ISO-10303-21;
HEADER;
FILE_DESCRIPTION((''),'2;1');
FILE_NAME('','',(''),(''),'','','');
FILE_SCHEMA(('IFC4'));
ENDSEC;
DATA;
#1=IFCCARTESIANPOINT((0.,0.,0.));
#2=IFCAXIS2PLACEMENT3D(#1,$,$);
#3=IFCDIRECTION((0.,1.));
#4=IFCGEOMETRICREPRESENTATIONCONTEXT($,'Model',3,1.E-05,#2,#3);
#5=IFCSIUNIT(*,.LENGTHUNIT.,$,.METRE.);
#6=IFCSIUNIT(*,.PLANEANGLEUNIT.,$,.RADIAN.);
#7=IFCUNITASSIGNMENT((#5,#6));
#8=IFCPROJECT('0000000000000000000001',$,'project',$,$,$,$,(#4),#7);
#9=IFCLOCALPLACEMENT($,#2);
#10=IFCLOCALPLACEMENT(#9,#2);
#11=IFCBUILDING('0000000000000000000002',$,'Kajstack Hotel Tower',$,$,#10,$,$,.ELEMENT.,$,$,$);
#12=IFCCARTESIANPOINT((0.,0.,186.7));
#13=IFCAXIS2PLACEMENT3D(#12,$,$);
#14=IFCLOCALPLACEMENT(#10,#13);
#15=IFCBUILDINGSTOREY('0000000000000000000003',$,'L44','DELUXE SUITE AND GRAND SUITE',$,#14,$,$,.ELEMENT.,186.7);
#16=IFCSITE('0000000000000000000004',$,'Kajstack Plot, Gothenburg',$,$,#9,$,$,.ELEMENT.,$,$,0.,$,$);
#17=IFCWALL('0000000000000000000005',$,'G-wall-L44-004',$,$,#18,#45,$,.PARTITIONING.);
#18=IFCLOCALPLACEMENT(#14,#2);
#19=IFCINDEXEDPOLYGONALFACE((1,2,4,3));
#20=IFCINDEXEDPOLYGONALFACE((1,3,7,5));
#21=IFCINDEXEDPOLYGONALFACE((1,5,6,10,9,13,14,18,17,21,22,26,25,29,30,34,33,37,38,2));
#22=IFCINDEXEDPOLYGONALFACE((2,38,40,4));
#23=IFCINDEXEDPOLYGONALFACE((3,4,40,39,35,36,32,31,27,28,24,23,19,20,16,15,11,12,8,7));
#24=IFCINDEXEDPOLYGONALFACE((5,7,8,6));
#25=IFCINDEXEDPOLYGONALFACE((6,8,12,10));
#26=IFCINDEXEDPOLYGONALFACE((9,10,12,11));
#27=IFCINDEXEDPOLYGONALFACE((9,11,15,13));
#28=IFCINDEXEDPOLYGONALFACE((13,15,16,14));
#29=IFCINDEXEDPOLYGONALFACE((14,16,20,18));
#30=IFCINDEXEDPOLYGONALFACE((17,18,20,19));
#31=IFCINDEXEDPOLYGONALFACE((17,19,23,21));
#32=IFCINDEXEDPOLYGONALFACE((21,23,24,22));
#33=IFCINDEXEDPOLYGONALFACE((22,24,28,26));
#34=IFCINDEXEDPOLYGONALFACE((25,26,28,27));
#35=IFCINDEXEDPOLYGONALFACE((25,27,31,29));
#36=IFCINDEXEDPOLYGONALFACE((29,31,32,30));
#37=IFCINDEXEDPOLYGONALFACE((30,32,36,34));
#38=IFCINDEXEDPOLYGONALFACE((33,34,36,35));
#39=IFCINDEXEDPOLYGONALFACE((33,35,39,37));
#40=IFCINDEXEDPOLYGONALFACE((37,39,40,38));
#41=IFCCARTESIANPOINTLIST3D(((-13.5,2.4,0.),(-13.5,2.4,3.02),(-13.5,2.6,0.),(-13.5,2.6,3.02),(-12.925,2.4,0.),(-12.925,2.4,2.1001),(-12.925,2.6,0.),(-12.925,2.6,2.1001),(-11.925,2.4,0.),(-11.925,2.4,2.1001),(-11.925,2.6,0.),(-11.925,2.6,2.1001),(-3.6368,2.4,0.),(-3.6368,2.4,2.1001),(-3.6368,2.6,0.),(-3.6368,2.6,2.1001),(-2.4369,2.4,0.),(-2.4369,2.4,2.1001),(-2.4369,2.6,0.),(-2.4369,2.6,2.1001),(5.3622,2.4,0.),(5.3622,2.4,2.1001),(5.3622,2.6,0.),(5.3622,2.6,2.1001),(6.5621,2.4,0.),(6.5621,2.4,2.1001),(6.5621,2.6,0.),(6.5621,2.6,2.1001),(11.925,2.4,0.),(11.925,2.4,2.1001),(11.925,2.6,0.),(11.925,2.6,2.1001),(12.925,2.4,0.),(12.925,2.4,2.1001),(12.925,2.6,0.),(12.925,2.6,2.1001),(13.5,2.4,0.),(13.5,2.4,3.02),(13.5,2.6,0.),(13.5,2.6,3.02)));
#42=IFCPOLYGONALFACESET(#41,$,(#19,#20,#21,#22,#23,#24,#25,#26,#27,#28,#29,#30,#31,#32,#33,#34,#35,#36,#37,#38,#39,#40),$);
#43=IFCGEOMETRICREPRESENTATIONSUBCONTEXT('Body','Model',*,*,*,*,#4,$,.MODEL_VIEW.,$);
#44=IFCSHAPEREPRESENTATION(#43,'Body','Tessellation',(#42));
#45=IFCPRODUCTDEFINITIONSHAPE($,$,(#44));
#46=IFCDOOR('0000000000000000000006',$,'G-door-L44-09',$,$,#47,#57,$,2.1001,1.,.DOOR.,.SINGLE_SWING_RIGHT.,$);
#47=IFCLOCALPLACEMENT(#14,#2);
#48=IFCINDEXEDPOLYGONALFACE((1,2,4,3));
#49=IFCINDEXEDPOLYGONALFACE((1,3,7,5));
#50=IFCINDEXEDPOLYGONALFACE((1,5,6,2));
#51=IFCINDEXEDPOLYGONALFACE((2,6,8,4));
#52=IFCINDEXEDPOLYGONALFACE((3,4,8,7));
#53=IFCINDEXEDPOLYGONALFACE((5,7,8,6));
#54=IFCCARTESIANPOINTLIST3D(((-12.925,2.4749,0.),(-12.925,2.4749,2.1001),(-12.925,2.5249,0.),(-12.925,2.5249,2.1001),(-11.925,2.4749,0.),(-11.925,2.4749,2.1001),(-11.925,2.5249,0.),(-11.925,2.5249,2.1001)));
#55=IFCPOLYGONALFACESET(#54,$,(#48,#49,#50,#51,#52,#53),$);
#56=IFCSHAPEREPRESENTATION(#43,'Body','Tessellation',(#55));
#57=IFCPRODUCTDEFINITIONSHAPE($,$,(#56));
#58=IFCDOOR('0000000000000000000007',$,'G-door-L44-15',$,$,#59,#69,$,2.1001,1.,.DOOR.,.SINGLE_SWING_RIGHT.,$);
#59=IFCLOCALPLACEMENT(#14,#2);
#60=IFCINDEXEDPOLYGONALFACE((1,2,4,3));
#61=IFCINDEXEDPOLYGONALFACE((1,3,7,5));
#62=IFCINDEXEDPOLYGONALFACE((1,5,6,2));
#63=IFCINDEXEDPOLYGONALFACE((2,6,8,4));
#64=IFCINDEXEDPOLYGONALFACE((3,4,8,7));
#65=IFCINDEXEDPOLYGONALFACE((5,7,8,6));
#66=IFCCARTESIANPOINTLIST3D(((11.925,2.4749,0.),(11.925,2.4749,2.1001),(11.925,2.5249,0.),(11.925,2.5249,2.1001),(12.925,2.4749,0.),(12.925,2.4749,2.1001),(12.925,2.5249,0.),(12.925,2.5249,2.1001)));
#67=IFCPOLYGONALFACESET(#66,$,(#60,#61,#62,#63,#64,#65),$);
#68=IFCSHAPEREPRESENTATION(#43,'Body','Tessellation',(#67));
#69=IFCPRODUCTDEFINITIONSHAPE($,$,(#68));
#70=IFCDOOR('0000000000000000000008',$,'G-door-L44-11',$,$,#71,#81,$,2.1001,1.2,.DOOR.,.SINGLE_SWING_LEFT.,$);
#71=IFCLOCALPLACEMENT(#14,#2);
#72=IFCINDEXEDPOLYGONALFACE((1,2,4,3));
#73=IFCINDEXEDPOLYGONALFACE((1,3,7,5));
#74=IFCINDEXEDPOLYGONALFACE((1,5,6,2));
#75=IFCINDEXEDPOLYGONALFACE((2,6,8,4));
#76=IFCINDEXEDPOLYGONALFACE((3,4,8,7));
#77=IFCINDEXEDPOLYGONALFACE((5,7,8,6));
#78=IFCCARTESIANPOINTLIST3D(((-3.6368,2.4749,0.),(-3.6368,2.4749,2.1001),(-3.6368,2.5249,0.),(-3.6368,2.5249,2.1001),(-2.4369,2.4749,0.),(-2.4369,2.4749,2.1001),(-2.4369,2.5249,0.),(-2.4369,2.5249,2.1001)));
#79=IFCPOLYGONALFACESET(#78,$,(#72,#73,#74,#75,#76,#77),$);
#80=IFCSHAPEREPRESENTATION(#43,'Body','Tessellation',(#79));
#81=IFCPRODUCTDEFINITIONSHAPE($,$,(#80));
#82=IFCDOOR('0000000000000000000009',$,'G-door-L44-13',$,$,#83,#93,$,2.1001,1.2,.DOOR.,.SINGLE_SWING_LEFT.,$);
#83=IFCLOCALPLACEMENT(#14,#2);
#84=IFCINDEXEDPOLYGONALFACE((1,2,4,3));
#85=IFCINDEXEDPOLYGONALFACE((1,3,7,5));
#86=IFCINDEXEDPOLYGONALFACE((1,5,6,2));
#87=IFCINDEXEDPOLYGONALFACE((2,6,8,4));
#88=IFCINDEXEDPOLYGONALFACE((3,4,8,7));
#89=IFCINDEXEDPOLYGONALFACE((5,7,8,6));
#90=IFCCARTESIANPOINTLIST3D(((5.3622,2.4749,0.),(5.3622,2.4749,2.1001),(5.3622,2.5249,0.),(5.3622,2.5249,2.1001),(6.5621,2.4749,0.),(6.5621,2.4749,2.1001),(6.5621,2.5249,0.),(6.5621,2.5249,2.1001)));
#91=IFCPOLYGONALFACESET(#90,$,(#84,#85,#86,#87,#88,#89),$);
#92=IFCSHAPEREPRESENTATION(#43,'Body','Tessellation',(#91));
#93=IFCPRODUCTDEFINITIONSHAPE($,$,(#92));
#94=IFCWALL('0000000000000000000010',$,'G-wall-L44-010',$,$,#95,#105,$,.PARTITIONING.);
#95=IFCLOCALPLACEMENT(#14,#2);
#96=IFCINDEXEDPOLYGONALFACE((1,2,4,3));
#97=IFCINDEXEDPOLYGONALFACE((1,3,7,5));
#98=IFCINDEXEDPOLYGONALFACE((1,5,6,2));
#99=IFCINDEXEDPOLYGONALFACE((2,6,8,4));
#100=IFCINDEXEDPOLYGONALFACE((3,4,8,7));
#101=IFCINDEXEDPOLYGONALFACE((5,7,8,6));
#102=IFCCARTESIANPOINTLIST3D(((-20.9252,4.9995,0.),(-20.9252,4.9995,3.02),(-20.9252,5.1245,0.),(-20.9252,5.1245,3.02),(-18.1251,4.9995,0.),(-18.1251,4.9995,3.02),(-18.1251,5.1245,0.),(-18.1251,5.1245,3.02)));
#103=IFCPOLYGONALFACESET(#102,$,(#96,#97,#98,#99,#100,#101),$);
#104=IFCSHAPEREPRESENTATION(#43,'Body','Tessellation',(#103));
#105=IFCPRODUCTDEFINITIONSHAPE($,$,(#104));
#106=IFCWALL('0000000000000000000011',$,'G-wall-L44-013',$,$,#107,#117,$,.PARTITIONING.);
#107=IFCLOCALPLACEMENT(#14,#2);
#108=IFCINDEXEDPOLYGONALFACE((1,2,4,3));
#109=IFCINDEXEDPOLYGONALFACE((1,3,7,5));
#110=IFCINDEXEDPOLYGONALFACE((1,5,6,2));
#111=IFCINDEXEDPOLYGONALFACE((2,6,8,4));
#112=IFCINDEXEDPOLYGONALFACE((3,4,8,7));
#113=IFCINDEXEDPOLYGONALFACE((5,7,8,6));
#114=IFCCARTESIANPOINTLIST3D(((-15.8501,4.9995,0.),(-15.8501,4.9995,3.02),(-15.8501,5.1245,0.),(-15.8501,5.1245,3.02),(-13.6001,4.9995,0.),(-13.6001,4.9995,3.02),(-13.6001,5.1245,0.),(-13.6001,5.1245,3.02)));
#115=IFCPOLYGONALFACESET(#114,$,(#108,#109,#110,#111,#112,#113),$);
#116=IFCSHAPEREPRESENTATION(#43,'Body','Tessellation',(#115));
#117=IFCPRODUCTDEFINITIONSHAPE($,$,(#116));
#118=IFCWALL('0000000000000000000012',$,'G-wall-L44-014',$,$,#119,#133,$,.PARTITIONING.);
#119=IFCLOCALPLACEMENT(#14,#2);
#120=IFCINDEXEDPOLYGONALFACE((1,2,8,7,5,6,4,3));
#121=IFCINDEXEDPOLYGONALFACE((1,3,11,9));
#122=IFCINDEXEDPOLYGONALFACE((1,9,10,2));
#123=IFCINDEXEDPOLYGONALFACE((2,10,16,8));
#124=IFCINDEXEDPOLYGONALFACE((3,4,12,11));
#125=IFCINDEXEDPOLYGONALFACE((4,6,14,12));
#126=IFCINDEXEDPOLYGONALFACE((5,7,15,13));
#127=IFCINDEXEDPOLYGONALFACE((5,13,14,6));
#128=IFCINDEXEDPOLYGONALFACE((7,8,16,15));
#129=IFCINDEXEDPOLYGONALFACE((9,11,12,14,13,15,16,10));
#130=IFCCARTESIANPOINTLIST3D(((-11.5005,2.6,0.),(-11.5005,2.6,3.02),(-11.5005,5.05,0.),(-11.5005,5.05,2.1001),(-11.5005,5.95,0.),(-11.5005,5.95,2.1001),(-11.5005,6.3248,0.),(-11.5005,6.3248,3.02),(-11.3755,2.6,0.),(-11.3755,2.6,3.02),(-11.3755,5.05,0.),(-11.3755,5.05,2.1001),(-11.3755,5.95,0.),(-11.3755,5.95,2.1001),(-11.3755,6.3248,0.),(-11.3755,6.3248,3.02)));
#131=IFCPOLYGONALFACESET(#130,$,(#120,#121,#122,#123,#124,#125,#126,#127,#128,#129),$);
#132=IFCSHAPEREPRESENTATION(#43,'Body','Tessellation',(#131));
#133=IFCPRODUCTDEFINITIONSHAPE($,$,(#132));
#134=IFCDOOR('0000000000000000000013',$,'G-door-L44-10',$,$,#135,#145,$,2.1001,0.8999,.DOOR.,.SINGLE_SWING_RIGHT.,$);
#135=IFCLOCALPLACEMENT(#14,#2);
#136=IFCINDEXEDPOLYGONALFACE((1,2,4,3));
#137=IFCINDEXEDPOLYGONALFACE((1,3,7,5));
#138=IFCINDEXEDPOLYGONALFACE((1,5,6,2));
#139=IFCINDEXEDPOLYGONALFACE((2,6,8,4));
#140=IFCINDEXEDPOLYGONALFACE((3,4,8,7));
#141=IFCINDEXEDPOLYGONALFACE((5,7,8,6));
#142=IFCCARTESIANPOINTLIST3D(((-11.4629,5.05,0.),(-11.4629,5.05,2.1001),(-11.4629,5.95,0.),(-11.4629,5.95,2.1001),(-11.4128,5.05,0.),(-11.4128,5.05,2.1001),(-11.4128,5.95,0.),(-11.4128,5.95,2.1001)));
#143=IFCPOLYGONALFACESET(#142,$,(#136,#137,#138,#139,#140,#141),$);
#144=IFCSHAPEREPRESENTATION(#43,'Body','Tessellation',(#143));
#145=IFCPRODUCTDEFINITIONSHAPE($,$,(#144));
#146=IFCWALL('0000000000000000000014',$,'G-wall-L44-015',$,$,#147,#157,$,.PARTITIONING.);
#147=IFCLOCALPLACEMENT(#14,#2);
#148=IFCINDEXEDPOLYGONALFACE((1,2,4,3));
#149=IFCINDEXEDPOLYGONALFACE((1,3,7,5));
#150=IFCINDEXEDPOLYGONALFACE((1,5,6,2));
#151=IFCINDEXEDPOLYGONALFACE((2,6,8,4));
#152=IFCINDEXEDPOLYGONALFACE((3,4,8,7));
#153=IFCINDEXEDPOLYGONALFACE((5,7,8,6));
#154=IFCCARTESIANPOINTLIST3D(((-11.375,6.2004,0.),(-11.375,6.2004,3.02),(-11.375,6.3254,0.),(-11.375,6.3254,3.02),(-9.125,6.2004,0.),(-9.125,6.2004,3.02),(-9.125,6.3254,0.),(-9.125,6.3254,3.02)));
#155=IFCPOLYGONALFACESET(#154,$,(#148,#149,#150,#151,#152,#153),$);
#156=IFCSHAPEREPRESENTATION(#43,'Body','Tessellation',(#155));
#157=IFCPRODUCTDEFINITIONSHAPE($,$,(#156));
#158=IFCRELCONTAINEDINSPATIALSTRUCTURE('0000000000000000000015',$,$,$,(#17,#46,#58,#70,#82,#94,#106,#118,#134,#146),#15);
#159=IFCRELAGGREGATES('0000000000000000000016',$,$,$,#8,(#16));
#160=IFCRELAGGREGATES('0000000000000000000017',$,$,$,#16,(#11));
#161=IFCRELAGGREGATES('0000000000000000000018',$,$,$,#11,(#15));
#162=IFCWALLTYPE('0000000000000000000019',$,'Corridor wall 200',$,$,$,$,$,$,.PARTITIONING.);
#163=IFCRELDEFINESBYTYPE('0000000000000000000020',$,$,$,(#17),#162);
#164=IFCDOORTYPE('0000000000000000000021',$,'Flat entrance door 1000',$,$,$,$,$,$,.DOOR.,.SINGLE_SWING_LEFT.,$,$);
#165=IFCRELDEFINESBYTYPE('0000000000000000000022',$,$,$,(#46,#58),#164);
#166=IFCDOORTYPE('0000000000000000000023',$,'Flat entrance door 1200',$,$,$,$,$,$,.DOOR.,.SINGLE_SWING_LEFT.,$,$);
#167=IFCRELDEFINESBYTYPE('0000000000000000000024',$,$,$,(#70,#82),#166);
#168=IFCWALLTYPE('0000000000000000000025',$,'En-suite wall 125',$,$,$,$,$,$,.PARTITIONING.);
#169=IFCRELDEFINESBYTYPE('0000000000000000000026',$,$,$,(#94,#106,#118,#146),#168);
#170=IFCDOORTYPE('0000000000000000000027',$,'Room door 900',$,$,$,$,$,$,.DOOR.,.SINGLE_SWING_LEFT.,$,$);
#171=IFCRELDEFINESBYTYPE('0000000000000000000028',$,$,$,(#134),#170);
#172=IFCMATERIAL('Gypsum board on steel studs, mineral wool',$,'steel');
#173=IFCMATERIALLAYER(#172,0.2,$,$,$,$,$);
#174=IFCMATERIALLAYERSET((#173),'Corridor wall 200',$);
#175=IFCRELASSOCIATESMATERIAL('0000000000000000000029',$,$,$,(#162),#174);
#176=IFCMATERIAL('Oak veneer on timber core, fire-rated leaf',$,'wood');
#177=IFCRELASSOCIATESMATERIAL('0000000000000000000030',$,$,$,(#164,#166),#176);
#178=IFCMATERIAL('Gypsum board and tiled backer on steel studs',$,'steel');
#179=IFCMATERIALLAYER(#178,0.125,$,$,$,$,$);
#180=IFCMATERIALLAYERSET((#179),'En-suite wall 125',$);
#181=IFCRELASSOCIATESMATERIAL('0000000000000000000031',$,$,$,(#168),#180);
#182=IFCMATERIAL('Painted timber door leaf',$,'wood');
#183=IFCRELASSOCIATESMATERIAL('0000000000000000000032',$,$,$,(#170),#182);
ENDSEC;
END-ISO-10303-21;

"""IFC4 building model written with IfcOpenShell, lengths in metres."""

from ifc_helpers import new_model, si_unit, direction, frame, frame_2d, origin, place, context, subcontext, project, spatial, rectangle, extrude, material, layer, layer_set, type_object, element, fill, save


model = new_model("IFC4")

# Units and contexts
model_context = context("Model", 3, precision=1e-05, world=origin(), true_north=direction((0.0, 1.0)))
body_context = subcontext(model_context, "Body", "Model", "MODEL_VIEW")
ifc_project = project(units=[si_unit("LENGTHUNIT", "METRE"), si_unit("PLANEANGLEUNIT", "RADIAN")], contexts=[model_context])

# Site, building, storey
site_placement = place(None, origin())
site = spatial("IfcSite", under=ifc_project, at=site_placement, Name="Kajstack Plot, Gothenburg", CompositionType="ELEMENT", RefElevation=0.0)
building_placement = place(site_placement, origin())
building = spatial("IfcBuilding", under=site, at=building_placement, Name="Kajstack Hotel Tower", CompositionType="ELEMENT")
storey_placement = place(building_placement, frame((0.0, 0.0, 186.7)))
storey = spatial("IfcBuildingStorey", under=building, at=storey_placement, Name="L44", Description="DELUXE SUITE AND GRAND SUITE", CompositionType="ELEMENT", Elevation=186.7)

# Wall, openings, doors
ifc_material_1 = material(Name="Gypsum board on steel studs, mineral wool", Category="steel")
ifc_layer_1 = layer(ifc_material_1, 0.2)
ifc_layer_set_1 = layer_set([ifc_layer_1], Name="Corridor wall 200")
wall_type_1 = type_object("IfcWallType", Name="Corridor wall 200", PredefinedType="PARTITIONING", material=ifc_layer_set_1)
wall_1_placement = place(storey_placement, frame((-13.5, 2.5, 0.0), z_axis=(0.0, 0.0, 1.0), x_axis=(1.0, 0.0, 0.0)))
wall_1 = element("IfcWall", 1, at=wall_1_placement, inside=storey, type_object=wall_type_1, Name="G-wall-L44-004", PredefinedType="PARTITIONING", context=body_context, shape_type="SweptSolid", body=[
    extrude(rectangle(XDim=27.0, YDim=0.2, at=frame_2d((13.5, 0.0))), origin(), (0.0, 0.0, 1.0), 3.02),
])
opening_1_placement = place(wall_1_placement, frame((0.575, 0.0, 0.0)))
opening_1 = element("IfcOpeningElement", 2, at=opening_1_placement, cuts=wall_1, PredefinedType="OPENING", context=body_context, shape_type="SweptSolid", body=[
    extrude(rectangle(XDim=1.0, YDim=2.1001, at=frame_2d((0.5, 1.05))), frame((0.0, 0.1099, 0.0), z_axis=(0.0, -1.0, 0.0), x_axis=(1.0, 0.0, 0.0)), (0.0, 0.0, 1.0), 0.22),
])
opening_2_placement = place(wall_1_placement, frame((9.863, 0.0, 0.0)))
opening_2 = element("IfcOpeningElement", 3, at=opening_2_placement, cuts=wall_1, PredefinedType="OPENING", context=body_context, shape_type="SweptSolid", body=[
    extrude(rectangle(XDim=1.2, YDim=2.1001, at=frame_2d((0.6001, 1.05))), frame((0.0, 0.1099, 0.0), z_axis=(0.0, -1.0, 0.0), x_axis=(1.0, 0.0, 0.0)), (0.0, 0.0, 1.0), 0.22),
])
opening_3_placement = place(wall_1_placement, frame((18.8621, 0.0, 0.0)))
opening_3 = element("IfcOpeningElement", 4, at=opening_3_placement, cuts=wall_1, PredefinedType="OPENING", context=body_context, shape_type="SweptSolid", body=[
    extrude(rectangle(XDim=1.2, YDim=2.1001, at=frame_2d((0.6001, 1.05))), frame((0.0, 0.1099, 0.0), z_axis=(0.0, -1.0, 0.0), x_axis=(1.0, 0.0, 0.0)), (0.0, 0.0, 1.0), 0.22),
])
opening_4_placement = place(wall_1_placement, frame((25.425, 0.0, 0.0)))
opening_4 = element("IfcOpeningElement", 5, at=opening_4_placement, cuts=wall_1, PredefinedType="OPENING", context=body_context, shape_type="SweptSolid", body=[
    extrude(rectangle(XDim=1.0, YDim=2.1001, at=frame_2d((0.5, 1.05))), frame((0.0, 0.1099, 0.0), z_axis=(0.0, -1.0, 0.0), x_axis=(1.0, 0.0, 0.0)), (0.0, 0.0, 1.0), 0.22),
])
ifc_material_2 = material(Name="Oak veneer on timber core, fire-rated leaf", Category="wood")
door_type_1 = type_object("IfcDoorType", Name="Flat entrance door 1000", OperationType="SINGLE_SWING_LEFT", PredefinedType="DOOR", material=ifc_material_2)
door_1_placement = place(opening_1_placement, origin())
door_1 = element("IfcDoor", 6, at=door_1_placement, inside=storey, type_object=door_type_1, Name="G-door-L44-09", OperationType="SINGLE_SWING_RIGHT", OverallHeight=2.1001, OverallWidth=1.0, PredefinedType="DOOR", context=body_context, shape_type="SweptSolid", body=[
    extrude(rectangle(XDim=1.0, YDim=2.1001, at=frame_2d((0.5, 1.05))), frame((0.0, 0.0249, 0.0), z_axis=(0.0, -1.0, 0.0), x_axis=(1.0, 0.0, 0.0)), (0.0, 0.0, 1.0), 0.05),
])
fill(opening_1, door_1)
door_2_placement = place(opening_4_placement, origin())
door_2 = element("IfcDoor", 7, at=door_2_placement, inside=storey, type_object=door_type_1, Name="G-door-L44-15", OperationType="SINGLE_SWING_RIGHT", OverallHeight=2.1001, OverallWidth=1.0, PredefinedType="DOOR", context=body_context, shape_type="SweptSolid", body=[
    extrude(rectangle(XDim=1.0, YDim=2.1001, at=frame_2d((0.5, 1.05))), frame((0.0, 0.0249, 0.0), z_axis=(0.0, -1.0, 0.0), x_axis=(1.0, 0.0, 0.0)), (0.0, 0.0, 1.0), 0.05),
])
fill(opening_4, door_2)
door_type_2 = type_object("IfcDoorType", Name="Flat entrance door 1200", OperationType="SINGLE_SWING_LEFT", PredefinedType="DOOR", material=ifc_material_2)
door_3_placement = place(opening_2_placement, origin())
door_3 = element("IfcDoor", 8, at=door_3_placement, inside=storey, type_object=door_type_2, Name="G-door-L44-11", OperationType="SINGLE_SWING_LEFT", OverallHeight=2.1001, OverallWidth=1.2, PredefinedType="DOOR", context=body_context, shape_type="SweptSolid", body=[
    extrude(rectangle(XDim=1.2, YDim=2.1001, at=frame_2d((0.6001, 1.05))), frame((0.0, 0.0249, 0.0), z_axis=(0.0, -1.0, 0.0), x_axis=(1.0, 0.0, 0.0)), (0.0, 0.0, 1.0), 0.05),
])
fill(opening_2, door_3)
door_4_placement = place(opening_3_placement, origin())
door_4 = element("IfcDoor", 9, at=door_4_placement, inside=storey, type_object=door_type_2, Name="G-door-L44-13", OperationType="SINGLE_SWING_LEFT", OverallHeight=2.1001, OverallWidth=1.2, PredefinedType="DOOR", context=body_context, shape_type="SweptSolid", body=[
    extrude(rectangle(XDim=1.2, YDim=2.1001, at=frame_2d((0.6001, 1.05))), frame((0.0, 0.0249, 0.0), z_axis=(0.0, -1.0, 0.0), x_axis=(1.0, 0.0, 0.0)), (0.0, 0.0, 1.0), 0.05),
])
fill(opening_3, door_4)

# Walls
ifc_material_3 = material(Name="Gypsum board and tiled backer on steel studs", Category="steel")
ifc_layer_2 = layer(ifc_material_3, 0.125)
ifc_layer_set_2 = layer_set([ifc_layer_2], Name="En-suite wall 125")
wall_type_2 = type_object("IfcWallType", Name="En-suite wall 125", PredefinedType="PARTITIONING", material=ifc_layer_set_2)
wall_2_placement = place(storey_placement, frame((-20.925, 5.062, 0.0), z_axis=(0.0, 0.0, 1.0), x_axis=(1.0, 0.0, 0.0)))
element("IfcWall", 10, at=wall_2_placement, inside=storey, type_object=wall_type_2, Name="G-wall-L44-010", PredefinedType="PARTITIONING", context=body_context, shape_type="SweptSolid", body=[
    extrude(rectangle(XDim=2.8, YDim=0.125, at=frame_2d((1.3999, 0.0))), origin(), (0.0, 0.0, 1.0), 3.02),
])
wall_3_placement = place(storey_placement, frame((-15.8501, 5.062, 0.0), z_axis=(0.0, 0.0, 1.0), x_axis=(1.0, 0.0, 0.0)))
element("IfcWall", 11, at=wall_3_placement, inside=storey, type_object=wall_type_2, Name="G-wall-L44-013", PredefinedType="PARTITIONING", context=body_context, shape_type="SweptSolid", body=[
    extrude(rectangle(XDim=2.25, YDim=0.125, at=frame_2d((1.125, 0.0))), origin(), (0.0, 0.0, 1.0), 3.02),
])

# Wall, opening, door
wall_4_placement = place(storey_placement, frame((-11.438, 2.6001, 0.0), z_axis=(0.0, 0.0, 1.0), x_axis=(0.0, 1.0, 0.0)))
wall_4 = element("IfcWall", 12, at=wall_4_placement, inside=storey, type_object=wall_type_2, Name="G-wall-L44-014", PredefinedType="PARTITIONING", context=body_context, shape_type="SweptSolid", body=[
    extrude(rectangle(XDim=3.7249, YDim=0.125, at=frame_2d((1.8623, 0.0))), origin(), (0.0, 0.0, 1.0), 3.02),
])
opening_5_placement = place(wall_4_placement, frame((2.45, 0.0, 0.0)))
opening_5 = element("IfcOpeningElement", 13, at=opening_5_placement, cuts=wall_4, PredefinedType="OPENING", context=body_context, shape_type="SweptSolid", body=[
    extrude(rectangle(XDim=0.8999, YDim=2.1001, at=frame_2d((0.45, 1.05))), frame((0.0, 0.0725, 0.0), z_axis=(0.0, -1.0, 0.0), x_axis=(1.0, 0.0, 0.0)), (0.0, 0.0, 1.0), 0.145),
])
ifc_material_4 = material(Name="Painted timber door leaf", Category="wood")
door_type_3 = type_object("IfcDoorType", Name="Room door 900", OperationType="SINGLE_SWING_LEFT", PredefinedType="DOOR", material=ifc_material_4)
door_5_placement = place(opening_5_placement, origin())
door_5 = element("IfcDoor", 14, at=door_5_placement, inside=storey, type_object=door_type_3, Name="G-door-L44-10", OperationType="SINGLE_SWING_RIGHT", OverallHeight=2.1001, OverallWidth=0.8999, PredefinedType="DOOR", context=body_context, shape_type="SweptSolid", body=[
    extrude(rectangle(XDim=0.8999, YDim=2.1001, at=frame_2d((0.45, 1.05))), frame((0.0, 0.0249, 0.0), z_axis=(0.0, -1.0, 0.0), x_axis=(1.0, 0.0, 0.0)), (0.0, 0.0, 1.0), 0.05),
])
fill(opening_5, door_5)

# Wall
wall_5_placement = place(storey_placement, frame((-11.375, 6.2629, 0.0), z_axis=(0.0, 0.0, 1.0), x_axis=(1.0, 0.0, 0.0)))
element("IfcWall", 15, at=wall_5_placement, inside=storey, type_object=wall_type_2, Name="G-wall-L44-015", PredefinedType="PARTITIONING", context=body_context, shape_type="SweptSolid", body=[
    extrude(rectangle(XDim=2.25, YDim=0.125, at=frame_2d((1.125, 0.0))), origin(), (0.0, 0.0, 1.0), 3.02),
])

save(model, "model.ifc")
